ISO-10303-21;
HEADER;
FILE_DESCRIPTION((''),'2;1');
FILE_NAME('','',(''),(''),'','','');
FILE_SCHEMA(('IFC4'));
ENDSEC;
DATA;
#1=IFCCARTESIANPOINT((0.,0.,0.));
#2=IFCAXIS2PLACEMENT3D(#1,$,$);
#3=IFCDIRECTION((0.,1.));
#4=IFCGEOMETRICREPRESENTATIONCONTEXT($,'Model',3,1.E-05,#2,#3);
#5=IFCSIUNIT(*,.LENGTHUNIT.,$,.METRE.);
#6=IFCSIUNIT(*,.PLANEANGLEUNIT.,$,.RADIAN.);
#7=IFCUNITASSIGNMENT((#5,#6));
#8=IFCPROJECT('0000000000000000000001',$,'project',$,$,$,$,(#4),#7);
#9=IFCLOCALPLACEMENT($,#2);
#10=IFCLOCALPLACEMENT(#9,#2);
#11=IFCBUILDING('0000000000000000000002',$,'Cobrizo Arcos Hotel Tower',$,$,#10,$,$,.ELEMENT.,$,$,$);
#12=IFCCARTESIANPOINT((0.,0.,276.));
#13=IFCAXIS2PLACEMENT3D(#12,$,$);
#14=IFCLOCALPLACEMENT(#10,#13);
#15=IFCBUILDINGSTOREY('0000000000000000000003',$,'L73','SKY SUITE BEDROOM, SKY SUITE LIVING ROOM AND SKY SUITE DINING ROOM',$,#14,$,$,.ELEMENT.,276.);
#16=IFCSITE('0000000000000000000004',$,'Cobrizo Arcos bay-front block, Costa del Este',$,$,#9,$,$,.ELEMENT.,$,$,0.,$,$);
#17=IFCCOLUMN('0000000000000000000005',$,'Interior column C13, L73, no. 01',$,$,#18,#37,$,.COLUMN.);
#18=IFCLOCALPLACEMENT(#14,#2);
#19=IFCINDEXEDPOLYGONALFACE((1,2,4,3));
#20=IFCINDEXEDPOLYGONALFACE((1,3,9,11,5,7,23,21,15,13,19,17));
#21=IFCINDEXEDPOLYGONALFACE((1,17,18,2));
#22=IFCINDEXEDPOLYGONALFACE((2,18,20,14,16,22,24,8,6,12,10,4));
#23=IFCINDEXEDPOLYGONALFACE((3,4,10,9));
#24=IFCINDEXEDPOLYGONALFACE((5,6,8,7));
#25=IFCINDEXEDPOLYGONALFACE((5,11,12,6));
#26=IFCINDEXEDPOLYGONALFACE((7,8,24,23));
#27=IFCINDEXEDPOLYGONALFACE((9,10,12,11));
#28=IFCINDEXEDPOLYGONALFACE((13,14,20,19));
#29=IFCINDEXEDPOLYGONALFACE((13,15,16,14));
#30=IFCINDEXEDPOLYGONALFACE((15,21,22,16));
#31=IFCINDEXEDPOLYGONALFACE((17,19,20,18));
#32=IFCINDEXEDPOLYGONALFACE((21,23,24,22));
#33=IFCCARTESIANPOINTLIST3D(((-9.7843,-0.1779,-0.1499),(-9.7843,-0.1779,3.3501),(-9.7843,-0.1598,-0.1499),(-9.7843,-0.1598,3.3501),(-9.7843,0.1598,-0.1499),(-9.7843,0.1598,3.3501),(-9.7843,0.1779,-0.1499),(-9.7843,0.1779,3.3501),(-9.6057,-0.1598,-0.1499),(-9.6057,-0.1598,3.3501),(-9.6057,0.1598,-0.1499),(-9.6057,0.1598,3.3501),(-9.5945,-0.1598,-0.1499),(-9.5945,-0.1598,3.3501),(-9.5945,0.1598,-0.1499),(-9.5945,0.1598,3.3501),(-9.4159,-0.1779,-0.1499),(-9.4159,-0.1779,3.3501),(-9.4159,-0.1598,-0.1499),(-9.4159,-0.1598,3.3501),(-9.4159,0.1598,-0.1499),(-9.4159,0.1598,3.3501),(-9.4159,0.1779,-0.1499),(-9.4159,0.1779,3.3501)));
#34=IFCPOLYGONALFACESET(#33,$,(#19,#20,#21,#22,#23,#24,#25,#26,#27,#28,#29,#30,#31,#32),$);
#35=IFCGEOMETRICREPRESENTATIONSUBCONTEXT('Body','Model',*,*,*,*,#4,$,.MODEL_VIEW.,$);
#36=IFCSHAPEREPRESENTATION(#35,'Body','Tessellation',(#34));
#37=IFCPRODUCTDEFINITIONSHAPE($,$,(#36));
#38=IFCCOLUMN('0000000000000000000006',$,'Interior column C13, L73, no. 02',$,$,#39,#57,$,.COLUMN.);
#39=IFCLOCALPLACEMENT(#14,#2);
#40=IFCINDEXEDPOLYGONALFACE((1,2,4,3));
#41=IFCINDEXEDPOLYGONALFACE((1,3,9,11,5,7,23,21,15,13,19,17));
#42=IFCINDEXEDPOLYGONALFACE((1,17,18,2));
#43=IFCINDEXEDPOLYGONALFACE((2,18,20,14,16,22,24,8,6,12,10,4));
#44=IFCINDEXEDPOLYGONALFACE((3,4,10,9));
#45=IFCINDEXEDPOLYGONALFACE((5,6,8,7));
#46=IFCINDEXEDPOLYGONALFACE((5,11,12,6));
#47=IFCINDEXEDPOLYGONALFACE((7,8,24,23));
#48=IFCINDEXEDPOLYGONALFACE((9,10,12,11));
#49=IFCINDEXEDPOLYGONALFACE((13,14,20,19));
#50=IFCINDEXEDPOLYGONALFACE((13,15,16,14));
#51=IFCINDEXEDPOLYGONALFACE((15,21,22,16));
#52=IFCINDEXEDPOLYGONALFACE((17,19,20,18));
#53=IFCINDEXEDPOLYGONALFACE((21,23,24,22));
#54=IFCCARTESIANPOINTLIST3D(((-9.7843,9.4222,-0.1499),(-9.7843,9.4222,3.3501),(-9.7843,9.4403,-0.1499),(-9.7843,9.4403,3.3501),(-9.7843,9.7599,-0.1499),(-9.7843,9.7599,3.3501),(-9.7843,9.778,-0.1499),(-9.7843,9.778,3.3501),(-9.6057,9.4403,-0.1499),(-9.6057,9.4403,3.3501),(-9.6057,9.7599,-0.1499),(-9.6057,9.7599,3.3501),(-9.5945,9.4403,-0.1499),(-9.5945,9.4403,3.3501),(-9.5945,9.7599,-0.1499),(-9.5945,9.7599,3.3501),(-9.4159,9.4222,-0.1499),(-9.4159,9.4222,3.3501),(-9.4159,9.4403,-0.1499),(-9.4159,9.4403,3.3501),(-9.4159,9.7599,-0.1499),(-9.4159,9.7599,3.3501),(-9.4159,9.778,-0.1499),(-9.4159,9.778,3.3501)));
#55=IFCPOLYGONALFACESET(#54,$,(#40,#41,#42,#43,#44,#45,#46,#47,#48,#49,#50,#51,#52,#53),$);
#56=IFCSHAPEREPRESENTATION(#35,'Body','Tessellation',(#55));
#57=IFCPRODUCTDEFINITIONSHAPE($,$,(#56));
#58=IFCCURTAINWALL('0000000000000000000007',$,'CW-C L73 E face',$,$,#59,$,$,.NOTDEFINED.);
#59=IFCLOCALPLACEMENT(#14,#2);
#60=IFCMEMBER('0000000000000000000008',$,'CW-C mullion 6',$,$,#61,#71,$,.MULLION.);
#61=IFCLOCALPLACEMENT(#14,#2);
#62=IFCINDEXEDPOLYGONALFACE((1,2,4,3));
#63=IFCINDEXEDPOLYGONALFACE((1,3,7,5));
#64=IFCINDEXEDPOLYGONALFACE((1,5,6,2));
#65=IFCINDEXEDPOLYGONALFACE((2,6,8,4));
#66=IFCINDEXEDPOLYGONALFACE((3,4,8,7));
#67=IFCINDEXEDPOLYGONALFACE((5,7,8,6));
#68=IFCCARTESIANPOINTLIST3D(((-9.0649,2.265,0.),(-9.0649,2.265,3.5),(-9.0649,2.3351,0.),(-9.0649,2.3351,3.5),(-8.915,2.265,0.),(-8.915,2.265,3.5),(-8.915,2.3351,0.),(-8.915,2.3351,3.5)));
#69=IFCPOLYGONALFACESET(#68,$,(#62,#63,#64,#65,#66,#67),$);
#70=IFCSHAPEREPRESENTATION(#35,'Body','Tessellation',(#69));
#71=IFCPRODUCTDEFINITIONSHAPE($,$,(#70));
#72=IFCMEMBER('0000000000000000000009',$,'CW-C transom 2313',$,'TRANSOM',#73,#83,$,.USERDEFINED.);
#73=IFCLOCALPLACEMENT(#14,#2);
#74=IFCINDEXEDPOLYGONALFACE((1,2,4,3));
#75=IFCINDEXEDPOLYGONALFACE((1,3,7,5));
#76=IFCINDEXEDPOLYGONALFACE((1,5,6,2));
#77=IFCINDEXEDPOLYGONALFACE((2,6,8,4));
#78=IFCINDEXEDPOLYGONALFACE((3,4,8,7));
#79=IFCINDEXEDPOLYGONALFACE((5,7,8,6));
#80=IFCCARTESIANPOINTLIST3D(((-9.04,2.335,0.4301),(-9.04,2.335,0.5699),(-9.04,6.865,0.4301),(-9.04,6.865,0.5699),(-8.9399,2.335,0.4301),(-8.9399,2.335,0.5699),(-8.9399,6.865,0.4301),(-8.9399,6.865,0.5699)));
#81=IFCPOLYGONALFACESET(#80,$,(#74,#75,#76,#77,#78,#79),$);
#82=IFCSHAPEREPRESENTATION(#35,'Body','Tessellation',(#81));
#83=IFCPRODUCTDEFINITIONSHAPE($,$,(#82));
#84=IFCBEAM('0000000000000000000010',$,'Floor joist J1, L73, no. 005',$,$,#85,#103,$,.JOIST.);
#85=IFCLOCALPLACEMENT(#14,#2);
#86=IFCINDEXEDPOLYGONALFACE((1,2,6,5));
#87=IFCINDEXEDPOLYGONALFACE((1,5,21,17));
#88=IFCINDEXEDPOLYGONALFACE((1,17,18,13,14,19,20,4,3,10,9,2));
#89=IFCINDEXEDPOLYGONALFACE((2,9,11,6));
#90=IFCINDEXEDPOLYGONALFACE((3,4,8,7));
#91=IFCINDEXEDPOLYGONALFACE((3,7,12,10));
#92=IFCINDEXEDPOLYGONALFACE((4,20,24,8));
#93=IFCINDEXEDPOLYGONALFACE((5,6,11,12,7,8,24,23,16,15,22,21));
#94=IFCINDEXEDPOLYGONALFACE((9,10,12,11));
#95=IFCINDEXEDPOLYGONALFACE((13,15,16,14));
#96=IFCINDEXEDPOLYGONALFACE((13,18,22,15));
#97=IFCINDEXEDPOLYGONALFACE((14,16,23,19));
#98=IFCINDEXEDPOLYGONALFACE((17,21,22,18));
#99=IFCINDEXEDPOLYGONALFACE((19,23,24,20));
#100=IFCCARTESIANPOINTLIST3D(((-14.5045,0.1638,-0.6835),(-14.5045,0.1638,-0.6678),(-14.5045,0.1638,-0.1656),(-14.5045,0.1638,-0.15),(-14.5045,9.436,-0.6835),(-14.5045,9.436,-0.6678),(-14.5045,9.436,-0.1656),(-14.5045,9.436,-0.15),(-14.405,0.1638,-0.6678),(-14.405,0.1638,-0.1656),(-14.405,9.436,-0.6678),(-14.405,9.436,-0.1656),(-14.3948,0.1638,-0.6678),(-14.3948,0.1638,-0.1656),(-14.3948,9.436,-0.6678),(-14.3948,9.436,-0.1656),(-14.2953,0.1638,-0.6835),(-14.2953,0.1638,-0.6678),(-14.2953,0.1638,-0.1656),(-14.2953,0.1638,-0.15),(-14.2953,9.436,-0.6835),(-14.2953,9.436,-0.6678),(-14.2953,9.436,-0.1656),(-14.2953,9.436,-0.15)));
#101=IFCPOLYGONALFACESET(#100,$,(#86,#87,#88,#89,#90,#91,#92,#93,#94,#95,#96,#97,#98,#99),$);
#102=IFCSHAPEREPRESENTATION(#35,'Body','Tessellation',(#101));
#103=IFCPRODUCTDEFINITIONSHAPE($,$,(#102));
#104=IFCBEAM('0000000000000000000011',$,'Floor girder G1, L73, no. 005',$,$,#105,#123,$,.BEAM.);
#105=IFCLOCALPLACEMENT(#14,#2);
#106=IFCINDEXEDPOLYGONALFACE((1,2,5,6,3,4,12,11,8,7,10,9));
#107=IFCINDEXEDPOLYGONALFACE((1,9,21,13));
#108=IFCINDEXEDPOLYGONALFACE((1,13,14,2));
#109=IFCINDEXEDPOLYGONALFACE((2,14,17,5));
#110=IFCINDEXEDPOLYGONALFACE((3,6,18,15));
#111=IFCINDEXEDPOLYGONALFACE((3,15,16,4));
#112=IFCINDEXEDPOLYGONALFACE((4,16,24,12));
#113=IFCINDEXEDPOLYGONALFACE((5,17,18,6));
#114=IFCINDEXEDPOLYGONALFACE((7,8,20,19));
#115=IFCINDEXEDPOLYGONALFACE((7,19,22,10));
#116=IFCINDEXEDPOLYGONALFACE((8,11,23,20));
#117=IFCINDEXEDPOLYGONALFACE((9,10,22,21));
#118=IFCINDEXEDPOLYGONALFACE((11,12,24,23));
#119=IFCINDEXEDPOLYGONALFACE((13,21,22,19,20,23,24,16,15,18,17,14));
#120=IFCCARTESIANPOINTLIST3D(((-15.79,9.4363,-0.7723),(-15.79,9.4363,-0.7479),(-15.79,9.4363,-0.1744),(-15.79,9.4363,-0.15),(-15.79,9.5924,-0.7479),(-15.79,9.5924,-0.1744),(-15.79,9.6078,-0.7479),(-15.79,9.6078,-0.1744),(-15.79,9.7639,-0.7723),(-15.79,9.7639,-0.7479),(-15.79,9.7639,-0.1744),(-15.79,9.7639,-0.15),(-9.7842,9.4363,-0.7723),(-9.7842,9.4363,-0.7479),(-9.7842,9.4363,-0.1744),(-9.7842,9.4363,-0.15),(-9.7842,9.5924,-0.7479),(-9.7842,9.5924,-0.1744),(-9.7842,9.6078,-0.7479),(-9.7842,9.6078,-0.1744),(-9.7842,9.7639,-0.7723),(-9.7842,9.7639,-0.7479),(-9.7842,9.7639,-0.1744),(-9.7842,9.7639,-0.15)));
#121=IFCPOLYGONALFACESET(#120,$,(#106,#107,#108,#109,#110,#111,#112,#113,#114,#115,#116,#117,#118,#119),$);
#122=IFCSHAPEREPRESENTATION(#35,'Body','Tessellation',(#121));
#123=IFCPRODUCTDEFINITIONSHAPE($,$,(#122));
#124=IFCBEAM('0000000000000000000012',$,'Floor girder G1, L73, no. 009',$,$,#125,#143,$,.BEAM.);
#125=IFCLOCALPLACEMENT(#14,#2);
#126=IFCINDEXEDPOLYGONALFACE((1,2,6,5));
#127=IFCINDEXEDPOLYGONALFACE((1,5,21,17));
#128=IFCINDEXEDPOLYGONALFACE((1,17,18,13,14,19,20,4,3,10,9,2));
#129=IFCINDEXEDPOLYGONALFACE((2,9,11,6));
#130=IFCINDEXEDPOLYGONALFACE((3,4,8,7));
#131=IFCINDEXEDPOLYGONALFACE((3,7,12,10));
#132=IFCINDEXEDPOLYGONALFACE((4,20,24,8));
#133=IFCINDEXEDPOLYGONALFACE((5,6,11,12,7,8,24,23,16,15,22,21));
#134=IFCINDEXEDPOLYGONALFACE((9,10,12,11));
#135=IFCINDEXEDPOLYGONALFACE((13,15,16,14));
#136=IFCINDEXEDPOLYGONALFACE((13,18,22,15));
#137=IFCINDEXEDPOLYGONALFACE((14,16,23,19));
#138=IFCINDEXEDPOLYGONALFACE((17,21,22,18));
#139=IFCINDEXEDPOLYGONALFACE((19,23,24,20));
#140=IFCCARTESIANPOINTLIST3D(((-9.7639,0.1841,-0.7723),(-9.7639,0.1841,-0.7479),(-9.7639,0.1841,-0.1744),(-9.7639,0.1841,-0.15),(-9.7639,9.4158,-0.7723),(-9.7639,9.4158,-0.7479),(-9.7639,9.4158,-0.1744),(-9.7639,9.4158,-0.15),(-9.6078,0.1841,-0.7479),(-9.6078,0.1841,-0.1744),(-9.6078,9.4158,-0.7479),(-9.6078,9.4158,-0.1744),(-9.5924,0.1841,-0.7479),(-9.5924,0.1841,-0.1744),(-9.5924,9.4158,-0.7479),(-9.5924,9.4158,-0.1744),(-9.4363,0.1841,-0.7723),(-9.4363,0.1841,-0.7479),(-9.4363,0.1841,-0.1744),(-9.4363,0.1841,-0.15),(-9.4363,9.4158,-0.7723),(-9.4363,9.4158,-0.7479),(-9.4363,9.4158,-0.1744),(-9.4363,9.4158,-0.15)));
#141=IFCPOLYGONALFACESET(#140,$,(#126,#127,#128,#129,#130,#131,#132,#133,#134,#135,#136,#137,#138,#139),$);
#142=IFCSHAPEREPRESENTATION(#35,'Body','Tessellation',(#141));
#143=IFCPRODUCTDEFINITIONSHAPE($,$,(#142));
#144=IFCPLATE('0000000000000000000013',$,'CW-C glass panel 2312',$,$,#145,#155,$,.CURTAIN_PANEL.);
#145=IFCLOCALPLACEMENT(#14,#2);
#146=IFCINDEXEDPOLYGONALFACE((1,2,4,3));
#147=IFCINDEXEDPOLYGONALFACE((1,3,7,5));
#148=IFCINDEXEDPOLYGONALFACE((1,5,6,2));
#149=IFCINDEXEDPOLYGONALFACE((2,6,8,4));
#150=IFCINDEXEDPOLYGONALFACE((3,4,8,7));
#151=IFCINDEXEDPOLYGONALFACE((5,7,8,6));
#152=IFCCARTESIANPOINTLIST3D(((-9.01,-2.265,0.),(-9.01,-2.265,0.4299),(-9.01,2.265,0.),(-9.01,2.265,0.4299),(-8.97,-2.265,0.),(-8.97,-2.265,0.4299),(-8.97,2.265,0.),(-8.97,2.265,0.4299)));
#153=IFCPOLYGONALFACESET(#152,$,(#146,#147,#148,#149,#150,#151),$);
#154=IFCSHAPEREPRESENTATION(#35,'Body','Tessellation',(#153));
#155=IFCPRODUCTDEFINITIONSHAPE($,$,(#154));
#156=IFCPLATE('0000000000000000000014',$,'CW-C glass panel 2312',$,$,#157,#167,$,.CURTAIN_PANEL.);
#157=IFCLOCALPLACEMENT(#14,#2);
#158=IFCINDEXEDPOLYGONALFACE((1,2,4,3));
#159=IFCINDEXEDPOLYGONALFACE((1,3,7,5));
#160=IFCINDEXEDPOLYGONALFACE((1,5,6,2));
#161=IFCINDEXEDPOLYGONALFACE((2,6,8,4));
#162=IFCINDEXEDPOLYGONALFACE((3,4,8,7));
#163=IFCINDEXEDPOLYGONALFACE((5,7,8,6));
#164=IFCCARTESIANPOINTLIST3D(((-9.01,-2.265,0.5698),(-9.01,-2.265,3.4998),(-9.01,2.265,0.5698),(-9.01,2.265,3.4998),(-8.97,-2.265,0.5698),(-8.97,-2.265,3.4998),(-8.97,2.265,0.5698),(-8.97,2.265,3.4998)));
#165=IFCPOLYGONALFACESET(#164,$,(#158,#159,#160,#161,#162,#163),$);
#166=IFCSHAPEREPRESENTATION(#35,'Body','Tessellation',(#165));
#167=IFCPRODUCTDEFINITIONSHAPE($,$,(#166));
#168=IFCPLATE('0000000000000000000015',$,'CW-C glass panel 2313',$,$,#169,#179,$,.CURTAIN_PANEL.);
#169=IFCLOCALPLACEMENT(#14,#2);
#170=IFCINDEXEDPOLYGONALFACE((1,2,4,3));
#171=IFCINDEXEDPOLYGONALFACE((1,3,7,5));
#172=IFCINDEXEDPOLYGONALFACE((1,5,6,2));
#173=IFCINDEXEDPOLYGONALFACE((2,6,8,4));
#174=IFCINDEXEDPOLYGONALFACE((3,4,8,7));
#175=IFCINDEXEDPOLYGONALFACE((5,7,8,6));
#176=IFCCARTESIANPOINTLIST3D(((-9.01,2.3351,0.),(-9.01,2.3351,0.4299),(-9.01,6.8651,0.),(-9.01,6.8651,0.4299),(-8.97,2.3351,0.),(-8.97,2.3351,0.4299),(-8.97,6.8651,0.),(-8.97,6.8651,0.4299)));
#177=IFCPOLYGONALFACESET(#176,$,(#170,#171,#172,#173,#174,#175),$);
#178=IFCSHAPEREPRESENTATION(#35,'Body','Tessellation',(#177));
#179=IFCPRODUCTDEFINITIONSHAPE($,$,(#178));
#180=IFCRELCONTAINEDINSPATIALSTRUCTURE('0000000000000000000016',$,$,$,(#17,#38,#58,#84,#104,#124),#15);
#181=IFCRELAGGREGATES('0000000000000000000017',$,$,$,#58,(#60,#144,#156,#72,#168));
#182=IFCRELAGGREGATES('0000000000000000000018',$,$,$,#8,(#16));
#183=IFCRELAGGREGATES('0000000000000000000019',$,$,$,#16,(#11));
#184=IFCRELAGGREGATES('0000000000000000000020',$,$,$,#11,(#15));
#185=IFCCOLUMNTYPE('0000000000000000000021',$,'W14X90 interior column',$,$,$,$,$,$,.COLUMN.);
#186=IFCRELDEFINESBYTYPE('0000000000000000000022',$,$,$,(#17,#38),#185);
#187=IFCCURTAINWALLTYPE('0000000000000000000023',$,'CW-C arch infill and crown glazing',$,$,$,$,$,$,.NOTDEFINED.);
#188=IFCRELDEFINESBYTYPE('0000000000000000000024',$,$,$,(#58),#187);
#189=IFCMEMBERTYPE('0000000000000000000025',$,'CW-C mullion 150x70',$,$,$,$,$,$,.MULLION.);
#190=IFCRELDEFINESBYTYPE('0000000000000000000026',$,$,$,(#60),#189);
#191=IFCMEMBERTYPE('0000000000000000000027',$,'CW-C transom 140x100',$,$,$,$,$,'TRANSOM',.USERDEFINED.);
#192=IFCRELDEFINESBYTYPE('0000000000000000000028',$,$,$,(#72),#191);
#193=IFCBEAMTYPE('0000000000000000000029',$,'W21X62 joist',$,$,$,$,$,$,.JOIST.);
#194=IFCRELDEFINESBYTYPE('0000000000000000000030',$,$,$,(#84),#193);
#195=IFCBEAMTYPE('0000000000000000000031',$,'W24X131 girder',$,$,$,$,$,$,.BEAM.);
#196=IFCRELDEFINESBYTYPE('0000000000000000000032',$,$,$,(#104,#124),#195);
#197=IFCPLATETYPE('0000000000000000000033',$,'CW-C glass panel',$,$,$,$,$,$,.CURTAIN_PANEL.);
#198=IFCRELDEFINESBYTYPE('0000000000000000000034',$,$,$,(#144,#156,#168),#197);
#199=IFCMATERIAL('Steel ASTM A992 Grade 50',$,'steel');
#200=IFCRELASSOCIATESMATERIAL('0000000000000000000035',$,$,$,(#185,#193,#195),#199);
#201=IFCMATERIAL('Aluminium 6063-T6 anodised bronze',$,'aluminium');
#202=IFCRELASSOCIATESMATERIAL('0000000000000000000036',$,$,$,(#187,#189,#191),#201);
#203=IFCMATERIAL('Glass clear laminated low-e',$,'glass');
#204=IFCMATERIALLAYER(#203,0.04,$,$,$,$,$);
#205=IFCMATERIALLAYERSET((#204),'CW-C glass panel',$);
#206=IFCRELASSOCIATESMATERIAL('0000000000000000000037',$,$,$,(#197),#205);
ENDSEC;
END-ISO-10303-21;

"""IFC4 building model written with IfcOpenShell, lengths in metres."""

from ifc_helpers import new_model, si_unit, direction, frame, origin, origin_2d, place, context, subcontext, project, spatial, rectangle, i_section, extrude, material, layer, layer_set, material_profile, profile_set, type_object, element, aggregate, save


model = new_model("IFC4")

# Units and contexts
model_context = context("Model", 3, precision=1e-05, world=origin(), true_north=direction((0.0, 1.0)))
body_context = subcontext(model_context, "Body", "Model", "MODEL_VIEW")
ifc_project = project(units=[si_unit("LENGTHUNIT", "METRE"), si_unit("PLANEANGLEUNIT", "RADIAN")], contexts=[model_context])

# Site, building, storey
site_placement = place(None, origin())
site = spatial("IfcSite", under=ifc_project, at=site_placement, Name="Cobrizo Arcos bay-front block, Costa del Este", CompositionType="ELEMENT", RefElevation=0.0)
building_placement = place(site_placement, origin())
building = spatial("IfcBuilding", under=site, at=building_placement, Name="Cobrizo Arcos Hotel Tower", CompositionType="ELEMENT")
storey_placement = place(building_placement, frame((0.0, 0.0, 276.0)))
storey = spatial("IfcBuildingStorey", under=building, at=storey_placement, Name="L73", Description="SKY SUITE BEDROOM, SKY SUITE LIVING ROOM AND SKY SUITE DINING ROOM", CompositionType="ELEMENT", Elevation=276.0)

# Columns
ifc_material_1 = material(Name="Steel ASTM A992 Grade 50", Category="steel")
ifc_material_profile_1 = material_profile(ifc_material_1, i_section(OverallWidth=0.3684, OverallDepth=0.3557, WebThickness=0.0112, FlangeThickness=0.0181, at=origin_2d()), Name="W14X90")
ifc_profile_set_1 = profile_set([ifc_material_profile_1], Name="Steel ASTM A992 Grade 50")
column_type = type_object("IfcColumnType", Name="W14X90 interior column", PredefinedType="COLUMN", material=ifc_profile_set_1)
for number, where, z_axis, x_axis, name in (
    (1, (-9.6001, 0.0, -0.1499), (0.0, 0.0, 1.0), (1.0, 0.0, 0.0), "Interior column C13, L73, no. 01"),
    (2, (-9.6001, 9.6001, -0.1499), (0.0, 0.0, 1.0), (1.0, 0.0, 0.0), "Interior column C13, L73, no. 02"),
):
    element("IfcColumn", number, at=place(storey_placement, frame(where, z_axis=z_axis, x_axis=x_axis)), inside=storey, type_object=column_type, Name=name, PredefinedType="COLUMN", context=body_context, shape_type="SweptSolid", body=[
        extrude(i_section(OverallWidth=0.3684, OverallDepth=0.3557, WebThickness=0.0112, FlangeThickness=0.0181, at=origin_2d()), origin(), (0.0, 0.0, 1.0), 3.5),
    ])

# Curtain wall, members
ifc_material_2 = material(Name="Aluminium 6063-T6 anodised bronze", Category="aluminium")
curtain_wall_type = type_object("IfcCurtainWallType", Name="CW-C arch infill and crown glazing", PredefinedType="NOTDEFINED", material=ifc_material_2)
curtain_wall_placement = place(storey_placement, origin())
curtain_wall = element("IfcCurtainWall", 3, at=curtain_wall_placement, inside=storey, type_object=curtain_wall_type, Name="CW-C L73 E face", PredefinedType="NOTDEFINED")
ifc_material_profile_2 = material_profile(ifc_material_2, rectangle(XDim=0.1499, YDim=0.0701, at=origin_2d()), Name="CW-C mullion 150x70")
ifc_profile_set_2 = profile_set([ifc_material_profile_2], Name="Aluminium 6063-T6 anodised bronze")
member_type_1 = type_object("IfcMemberType", Name="CW-C mullion 150x70", PredefinedType="MULLION", material=ifc_profile_set_2)
member_1_placement = place(storey_placement, frame((-8.99, 2.3, 0.0), z_axis=(0.0, 0.0, 1.0), x_axis=(1.0, 0.0, 0.0)))
member_1 = element("IfcMember", 4, at=member_1_placement, type_object=member_type_1, Name="CW-C mullion 6", PredefinedType="MULLION", context=body_context, shape_type="SweptSolid", body=[
    extrude(rectangle(XDim=0.1499, YDim=0.0701, at=origin_2d()), origin(), (0.0, 0.0, 1.0), 3.5),
])
ifc_material_profile_3 = material_profile(ifc_material_2, rectangle(XDim=0.1001, YDim=0.1399, at=origin_2d()), Name="CW-C transom 140x100")
ifc_profile_set_3 = profile_set([ifc_material_profile_3], Name="Aluminium 6063-T6 anodised bronze")
member_type_2 = type_object("IfcMemberType", Name="CW-C transom 140x100", ElementType="TRANSOM", PredefinedType="USERDEFINED", material=ifc_profile_set_3)
member_2_placement = place(storey_placement, frame((-8.99, 2.335, 0.5), z_axis=(0.0, 1.0, 0.0), x_axis=(-1.0, 0.0, 0.0)))
member_2 = element("IfcMember", 5, at=member_2_placement, type_object=member_type_2, Name="CW-C transom 2313", ObjectType="TRANSOM", PredefinedType="USERDEFINED", context=body_context, shape_type="SweptSolid", body=[
    extrude(rectangle(XDim=0.1001, YDim=0.1399, at=origin_2d()), origin(), (0.0, 0.0, 1.0), 4.53),
])

# Beams
ifc_material_profile_4 = material_profile(ifc_material_1, i_section(OverallWidth=0.2092, OverallDepth=0.5334, WebThickness=0.0103, FlangeThickness=0.0156, at=origin_2d()), Name="W21X62")
ifc_profile_set_4 = profile_set([ifc_material_profile_4], Name="Steel ASTM A992 Grade 50")
beam_type_1 = type_object("IfcBeamType", Name="W21X62 joist", PredefinedType="JOIST", material=ifc_profile_set_4)
beam_1_placement = place(storey_placement, frame((-14.3999, 0.1638, -0.4167), z_axis=(0.0, 1.0, 0.0), x_axis=(-1.0, 0.0, 0.0)))
element("IfcBeam", 6, at=beam_1_placement, inside=storey, type_object=beam_type_1, Name="Floor joist J1, L73, no. 005", PredefinedType="JOIST", context=body_context, shape_type="SweptSolid", body=[
    extrude(i_section(OverallWidth=0.2092, OverallDepth=0.5334, WebThickness=0.0103, FlangeThickness=0.0156, at=origin_2d()), origin(), (0.0, 0.0, 1.0), 9.2722),
])
ifc_material_profile_5 = material_profile(ifc_material_1, i_section(OverallWidth=0.3276, OverallDepth=0.6223, WebThickness=0.0154, FlangeThickness=0.0244, at=origin_2d()), Name="W24X131")
ifc_profile_set_5 = profile_set([ifc_material_profile_5], Name="Steel ASTM A992 Grade 50")
beam_type_2 = type_object("IfcBeamType", Name="W24X131 girder", PredefinedType="BEAM", material=ifc_profile_set_5)
beam_2_placement = place(storey_placement, frame((-15.79, 9.6001, -0.4612), z_axis=(1.0, 0.0, 0.0), x_axis=(0.0, 1.0, 0.0)))
element("IfcBeam", 7, at=beam_2_placement, inside=storey, type_object=beam_type_2, Name="Floor girder G1, L73, no. 005", PredefinedType="BEAM", context=body_context, shape_type="SweptSolid", body=[
    extrude(i_section(OverallWidth=0.3276, OverallDepth=0.6223, WebThickness=0.0154, FlangeThickness=0.0244, at=origin_2d()), origin(), (0.0, 0.0, 1.0), 6.0059),
])
beam_3_placement = place(storey_placement, frame((-9.6001, 0.1841, -0.4612), z_axis=(0.0, 1.0, 0.0), x_axis=(-1.0, 0.0, 0.0)))
element("IfcBeam", 8, at=beam_3_placement, inside=storey, type_object=beam_type_2, Name="Floor girder G1, L73, no. 009", PredefinedType="BEAM", context=body_context, shape_type="SweptSolid", body=[
    extrude(i_section(OverallWidth=0.3276, OverallDepth=0.6223, WebThickness=0.0154, FlangeThickness=0.0244, at=origin_2d()), origin(), (0.0, 0.0, 1.0), 9.2317),
])

# Plates
ifc_material_3 = material(Name="Glass clear laminated low-e", Category="glass")
ifc_layer_1 = layer(ifc_material_3, 0.04)
ifc_layer_set_1 = layer_set([ifc_layer_1], Name="CW-C glass panel")
plate_type = type_object("IfcPlateType", Name="CW-C glass panel", PredefinedType="CURTAIN_PANEL", material=ifc_layer_set_1)
plate_1_placement = place(storey_placement, frame((-8.99, 0.0, 0.0), z_axis=(0.0, 0.0, 1.0), x_axis=(0.0, 1.0, 0.0)))
plate_1 = element("IfcPlate", 9, at=plate_1_placement, type_object=plate_type, Name="CW-C glass panel 2312", PredefinedType="CURTAIN_PANEL", context=body_context, shape_type="SweptSolid", body=[
    extrude(rectangle(XDim=4.53, YDim=0.04, at=origin_2d()), origin(), (0.0, 0.0, 1.0), 0.4299),
])
plate_2_placement = place(storey_placement, frame((-8.99, 0.0, 0.5698), z_axis=(0.0, 0.0, 1.0), x_axis=(0.0, 1.0, 0.0)))
plate_2 = element("IfcPlate", 10, at=plate_2_placement, type_object=plate_type, Name="CW-C glass panel 2312", PredefinedType="CURTAIN_PANEL", context=body_context, shape_type="SweptSolid", body=[
    extrude(rectangle(XDim=4.53, YDim=0.04, at=origin_2d()), origin(), (0.0, 0.0, 1.0), 2.9299),
])
plate_3_placement = place(storey_placement, frame((-8.99, 4.6001, 0.0), z_axis=(0.0, 0.0, 1.0), x_axis=(0.0, 1.0, 0.0)))
plate_3 = element("IfcPlate", 11, at=plate_3_placement, type_object=plate_type, Name="CW-C glass panel 2313", PredefinedType="CURTAIN_PANEL", context=body_context, shape_type="SweptSolid", body=[
    extrude(rectangle(XDim=4.53, YDim=0.04, at=origin_2d()), origin(), (0.0, 0.0, 1.0), 0.4299),
])
aggregate(curtain_wall, [member_1, plate_1, plate_2, member_2, plate_3])

save(model, "model.ifc")
